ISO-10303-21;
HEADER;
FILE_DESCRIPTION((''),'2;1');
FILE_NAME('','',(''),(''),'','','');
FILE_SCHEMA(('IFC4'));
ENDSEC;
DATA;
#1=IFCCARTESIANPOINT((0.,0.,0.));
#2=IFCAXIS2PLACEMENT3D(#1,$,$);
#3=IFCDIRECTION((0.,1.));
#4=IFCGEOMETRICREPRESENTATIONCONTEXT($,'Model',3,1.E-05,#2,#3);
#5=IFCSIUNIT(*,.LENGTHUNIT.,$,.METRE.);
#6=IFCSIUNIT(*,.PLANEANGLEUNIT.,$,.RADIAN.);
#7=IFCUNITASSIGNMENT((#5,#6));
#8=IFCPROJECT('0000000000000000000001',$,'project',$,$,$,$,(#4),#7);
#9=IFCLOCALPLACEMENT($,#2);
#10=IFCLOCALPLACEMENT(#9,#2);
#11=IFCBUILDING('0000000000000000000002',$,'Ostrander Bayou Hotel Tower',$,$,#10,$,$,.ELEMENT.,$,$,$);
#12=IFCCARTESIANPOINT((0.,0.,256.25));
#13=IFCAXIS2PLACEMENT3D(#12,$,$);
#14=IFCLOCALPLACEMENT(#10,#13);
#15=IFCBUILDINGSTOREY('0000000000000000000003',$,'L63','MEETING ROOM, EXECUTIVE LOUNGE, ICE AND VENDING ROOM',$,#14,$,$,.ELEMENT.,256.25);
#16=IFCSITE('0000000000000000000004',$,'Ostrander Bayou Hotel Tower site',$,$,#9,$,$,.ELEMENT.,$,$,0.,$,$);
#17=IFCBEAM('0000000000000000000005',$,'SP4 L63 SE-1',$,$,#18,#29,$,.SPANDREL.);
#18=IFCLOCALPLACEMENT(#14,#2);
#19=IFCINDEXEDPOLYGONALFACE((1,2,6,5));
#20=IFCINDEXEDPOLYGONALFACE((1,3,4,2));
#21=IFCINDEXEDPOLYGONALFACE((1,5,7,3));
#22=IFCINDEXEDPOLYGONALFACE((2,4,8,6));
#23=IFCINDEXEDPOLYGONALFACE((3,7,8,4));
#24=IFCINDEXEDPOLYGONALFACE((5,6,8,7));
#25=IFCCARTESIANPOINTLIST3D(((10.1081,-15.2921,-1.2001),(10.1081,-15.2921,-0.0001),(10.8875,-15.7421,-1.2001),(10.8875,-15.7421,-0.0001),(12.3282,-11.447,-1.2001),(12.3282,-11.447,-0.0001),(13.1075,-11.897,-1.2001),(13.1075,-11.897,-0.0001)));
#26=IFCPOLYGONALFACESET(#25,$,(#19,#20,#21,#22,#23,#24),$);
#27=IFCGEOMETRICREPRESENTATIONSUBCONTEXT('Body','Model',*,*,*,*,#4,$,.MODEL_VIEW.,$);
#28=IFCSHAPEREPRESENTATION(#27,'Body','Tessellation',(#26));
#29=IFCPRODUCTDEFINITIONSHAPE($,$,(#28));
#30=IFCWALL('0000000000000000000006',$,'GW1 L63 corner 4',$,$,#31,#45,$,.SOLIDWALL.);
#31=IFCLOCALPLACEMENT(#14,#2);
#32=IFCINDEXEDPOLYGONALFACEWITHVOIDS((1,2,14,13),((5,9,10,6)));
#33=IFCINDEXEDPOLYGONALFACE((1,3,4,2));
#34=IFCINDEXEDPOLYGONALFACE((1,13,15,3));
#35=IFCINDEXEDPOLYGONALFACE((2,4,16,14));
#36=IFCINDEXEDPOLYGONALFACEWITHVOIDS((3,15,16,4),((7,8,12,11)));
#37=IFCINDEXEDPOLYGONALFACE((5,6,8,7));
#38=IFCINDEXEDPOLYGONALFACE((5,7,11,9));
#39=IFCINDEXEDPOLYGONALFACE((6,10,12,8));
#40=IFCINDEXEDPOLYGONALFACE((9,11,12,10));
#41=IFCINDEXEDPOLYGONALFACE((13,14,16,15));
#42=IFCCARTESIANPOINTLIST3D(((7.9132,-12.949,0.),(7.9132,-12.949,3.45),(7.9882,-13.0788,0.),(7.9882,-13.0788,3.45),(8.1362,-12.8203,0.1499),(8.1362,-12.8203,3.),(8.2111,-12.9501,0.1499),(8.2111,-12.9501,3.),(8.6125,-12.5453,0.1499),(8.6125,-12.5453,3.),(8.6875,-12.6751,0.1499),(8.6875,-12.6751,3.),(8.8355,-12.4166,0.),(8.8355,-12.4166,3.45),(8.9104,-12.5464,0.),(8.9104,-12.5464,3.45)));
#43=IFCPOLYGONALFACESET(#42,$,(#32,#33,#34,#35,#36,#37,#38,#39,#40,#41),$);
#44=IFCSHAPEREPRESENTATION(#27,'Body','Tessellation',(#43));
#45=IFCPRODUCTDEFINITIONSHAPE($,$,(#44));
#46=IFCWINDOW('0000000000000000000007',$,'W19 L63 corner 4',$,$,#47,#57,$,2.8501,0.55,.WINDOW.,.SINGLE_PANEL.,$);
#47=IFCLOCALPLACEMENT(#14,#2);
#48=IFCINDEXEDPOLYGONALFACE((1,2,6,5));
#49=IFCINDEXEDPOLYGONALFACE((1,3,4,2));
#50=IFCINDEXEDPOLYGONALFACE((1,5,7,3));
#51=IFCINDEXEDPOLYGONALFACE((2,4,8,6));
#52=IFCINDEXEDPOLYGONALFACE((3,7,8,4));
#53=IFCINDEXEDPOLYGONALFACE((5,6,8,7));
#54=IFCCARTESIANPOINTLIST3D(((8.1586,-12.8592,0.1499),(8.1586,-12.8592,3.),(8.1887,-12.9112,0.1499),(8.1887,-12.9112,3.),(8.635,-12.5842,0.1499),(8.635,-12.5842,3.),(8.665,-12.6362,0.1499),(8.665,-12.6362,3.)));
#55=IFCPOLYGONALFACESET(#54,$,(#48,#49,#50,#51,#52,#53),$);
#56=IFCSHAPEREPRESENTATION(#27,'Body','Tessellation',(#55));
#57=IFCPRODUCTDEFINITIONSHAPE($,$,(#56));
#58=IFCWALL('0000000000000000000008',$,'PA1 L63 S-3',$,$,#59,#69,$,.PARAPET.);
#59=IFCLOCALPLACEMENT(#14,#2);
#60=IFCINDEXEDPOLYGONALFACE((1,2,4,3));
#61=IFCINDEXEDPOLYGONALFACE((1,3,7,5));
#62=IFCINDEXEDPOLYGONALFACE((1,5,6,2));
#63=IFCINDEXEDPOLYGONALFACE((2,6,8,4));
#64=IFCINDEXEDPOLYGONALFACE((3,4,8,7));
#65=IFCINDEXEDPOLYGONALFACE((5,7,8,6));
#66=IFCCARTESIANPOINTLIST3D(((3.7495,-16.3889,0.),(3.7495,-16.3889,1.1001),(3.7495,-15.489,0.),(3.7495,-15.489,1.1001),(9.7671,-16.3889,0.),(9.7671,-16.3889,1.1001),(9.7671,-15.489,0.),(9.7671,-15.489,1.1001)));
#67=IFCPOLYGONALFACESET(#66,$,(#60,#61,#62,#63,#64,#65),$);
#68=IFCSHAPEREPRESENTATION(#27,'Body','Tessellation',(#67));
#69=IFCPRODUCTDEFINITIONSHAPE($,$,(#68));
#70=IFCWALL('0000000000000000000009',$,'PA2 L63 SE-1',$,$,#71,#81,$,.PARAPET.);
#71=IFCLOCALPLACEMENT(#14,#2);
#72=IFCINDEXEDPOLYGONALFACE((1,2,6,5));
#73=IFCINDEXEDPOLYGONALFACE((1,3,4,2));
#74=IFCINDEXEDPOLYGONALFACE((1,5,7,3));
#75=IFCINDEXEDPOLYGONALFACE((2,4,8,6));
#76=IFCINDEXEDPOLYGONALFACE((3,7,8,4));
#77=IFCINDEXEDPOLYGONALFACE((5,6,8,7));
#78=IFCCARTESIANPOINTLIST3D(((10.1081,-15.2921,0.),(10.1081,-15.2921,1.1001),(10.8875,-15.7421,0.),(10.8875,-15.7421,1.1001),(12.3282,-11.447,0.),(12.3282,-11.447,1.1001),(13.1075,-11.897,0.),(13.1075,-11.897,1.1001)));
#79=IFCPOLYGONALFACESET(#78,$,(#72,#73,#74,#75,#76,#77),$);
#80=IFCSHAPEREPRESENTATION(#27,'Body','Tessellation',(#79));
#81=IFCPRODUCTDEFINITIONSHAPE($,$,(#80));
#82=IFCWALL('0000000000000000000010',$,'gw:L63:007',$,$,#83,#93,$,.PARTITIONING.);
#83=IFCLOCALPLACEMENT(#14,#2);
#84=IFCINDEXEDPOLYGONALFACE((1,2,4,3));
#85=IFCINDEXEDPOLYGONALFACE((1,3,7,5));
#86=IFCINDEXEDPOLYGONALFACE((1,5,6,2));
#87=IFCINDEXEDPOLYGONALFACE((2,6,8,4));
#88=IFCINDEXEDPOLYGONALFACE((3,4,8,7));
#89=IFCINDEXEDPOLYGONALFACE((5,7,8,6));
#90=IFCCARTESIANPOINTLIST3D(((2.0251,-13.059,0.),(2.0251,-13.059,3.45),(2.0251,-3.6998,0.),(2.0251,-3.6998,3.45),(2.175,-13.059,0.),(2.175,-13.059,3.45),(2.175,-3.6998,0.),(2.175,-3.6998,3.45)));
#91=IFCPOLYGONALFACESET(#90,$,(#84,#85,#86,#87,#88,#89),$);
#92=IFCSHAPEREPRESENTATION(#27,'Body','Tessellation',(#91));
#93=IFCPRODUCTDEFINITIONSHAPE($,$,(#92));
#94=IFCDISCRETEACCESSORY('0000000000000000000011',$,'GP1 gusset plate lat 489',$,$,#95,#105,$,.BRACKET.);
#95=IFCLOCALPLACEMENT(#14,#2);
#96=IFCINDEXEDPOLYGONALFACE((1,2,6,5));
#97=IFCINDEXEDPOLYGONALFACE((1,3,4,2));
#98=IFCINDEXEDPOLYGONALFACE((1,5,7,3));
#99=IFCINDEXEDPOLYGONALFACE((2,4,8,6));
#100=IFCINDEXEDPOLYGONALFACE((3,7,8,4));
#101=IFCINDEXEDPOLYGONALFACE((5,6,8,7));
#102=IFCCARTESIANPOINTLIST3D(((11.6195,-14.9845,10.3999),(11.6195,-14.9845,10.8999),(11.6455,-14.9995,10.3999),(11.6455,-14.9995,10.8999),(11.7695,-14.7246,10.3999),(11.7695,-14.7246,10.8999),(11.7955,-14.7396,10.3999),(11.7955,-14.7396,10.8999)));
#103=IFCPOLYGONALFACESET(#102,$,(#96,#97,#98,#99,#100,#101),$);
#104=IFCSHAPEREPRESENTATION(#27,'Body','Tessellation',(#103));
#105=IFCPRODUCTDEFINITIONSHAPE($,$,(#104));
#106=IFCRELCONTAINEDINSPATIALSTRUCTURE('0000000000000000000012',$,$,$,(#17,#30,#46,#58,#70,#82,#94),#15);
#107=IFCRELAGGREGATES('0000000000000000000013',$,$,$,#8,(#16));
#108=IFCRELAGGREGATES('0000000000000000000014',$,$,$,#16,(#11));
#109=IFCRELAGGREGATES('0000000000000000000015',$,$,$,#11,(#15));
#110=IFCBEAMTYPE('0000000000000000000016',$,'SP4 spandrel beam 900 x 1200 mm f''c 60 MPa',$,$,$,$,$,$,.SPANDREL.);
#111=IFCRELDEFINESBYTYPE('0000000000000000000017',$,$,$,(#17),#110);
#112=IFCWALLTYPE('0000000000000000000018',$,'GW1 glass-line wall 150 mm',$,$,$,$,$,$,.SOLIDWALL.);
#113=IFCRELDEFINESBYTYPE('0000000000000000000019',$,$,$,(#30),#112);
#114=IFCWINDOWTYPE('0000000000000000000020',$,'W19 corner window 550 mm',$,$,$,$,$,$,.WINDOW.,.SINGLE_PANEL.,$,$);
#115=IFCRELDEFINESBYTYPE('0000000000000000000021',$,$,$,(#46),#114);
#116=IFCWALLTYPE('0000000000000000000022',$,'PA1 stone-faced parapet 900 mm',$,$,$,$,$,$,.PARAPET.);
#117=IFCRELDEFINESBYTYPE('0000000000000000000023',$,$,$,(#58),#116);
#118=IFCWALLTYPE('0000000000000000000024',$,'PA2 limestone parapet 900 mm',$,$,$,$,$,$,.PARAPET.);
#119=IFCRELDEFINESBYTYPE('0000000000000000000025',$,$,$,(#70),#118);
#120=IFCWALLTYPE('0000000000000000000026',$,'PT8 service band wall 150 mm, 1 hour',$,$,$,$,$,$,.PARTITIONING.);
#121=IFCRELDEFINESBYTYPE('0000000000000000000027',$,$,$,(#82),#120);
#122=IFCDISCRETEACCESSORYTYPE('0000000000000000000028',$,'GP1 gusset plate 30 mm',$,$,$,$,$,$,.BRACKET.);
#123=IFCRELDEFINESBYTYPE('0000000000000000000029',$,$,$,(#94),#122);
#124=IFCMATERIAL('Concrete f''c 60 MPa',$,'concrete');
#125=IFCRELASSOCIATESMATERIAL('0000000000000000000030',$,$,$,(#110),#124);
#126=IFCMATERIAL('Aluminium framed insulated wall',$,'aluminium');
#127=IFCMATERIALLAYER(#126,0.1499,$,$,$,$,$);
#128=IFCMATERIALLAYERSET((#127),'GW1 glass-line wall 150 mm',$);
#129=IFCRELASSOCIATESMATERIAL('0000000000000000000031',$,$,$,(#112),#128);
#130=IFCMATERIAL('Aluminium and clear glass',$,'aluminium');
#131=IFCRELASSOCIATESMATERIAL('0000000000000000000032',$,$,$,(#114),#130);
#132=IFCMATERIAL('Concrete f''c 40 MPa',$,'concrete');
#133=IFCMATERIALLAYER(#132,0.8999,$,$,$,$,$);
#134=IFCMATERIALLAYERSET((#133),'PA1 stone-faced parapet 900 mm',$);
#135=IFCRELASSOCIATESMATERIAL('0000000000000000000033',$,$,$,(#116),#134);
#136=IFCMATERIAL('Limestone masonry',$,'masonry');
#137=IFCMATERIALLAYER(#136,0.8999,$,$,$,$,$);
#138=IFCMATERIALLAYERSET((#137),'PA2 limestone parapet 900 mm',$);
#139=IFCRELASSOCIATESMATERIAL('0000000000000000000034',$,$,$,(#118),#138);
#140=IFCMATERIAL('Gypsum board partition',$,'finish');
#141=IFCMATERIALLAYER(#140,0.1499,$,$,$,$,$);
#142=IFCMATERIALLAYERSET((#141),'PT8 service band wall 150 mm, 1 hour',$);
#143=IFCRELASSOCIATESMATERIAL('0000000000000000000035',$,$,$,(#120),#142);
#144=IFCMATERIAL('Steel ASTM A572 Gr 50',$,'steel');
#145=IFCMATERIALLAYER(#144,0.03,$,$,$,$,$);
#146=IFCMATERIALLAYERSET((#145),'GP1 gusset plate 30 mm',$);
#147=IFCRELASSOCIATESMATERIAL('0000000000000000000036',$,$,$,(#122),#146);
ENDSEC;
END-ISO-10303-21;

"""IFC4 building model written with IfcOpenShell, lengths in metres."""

from ifc_helpers import new_model, si_unit, direction, frame, frame_2d, origin, origin_2d, place, context, subcontext, project, spatial, rectangle, extrude, material, layer, layer_set, material_profile, profile_set, type_object, element, fill, save


model = new_model("IFC4")

# Units and contexts
model_context = context("Model", 3, precision=1e-05, world=origin(), true_north=direction((0.0, 1.0)))
body_context = subcontext(model_context, "Body", "Model", "MODEL_VIEW")
ifc_project = project(units=[si_unit("LENGTHUNIT", "METRE"), si_unit("PLANEANGLEUNIT", "RADIAN")], contexts=[model_context])

# Site, building, storey
site_placement = place(None, origin())
site = spatial("IfcSite", under=ifc_project, at=site_placement, Name="Ostrander Bayou Hotel Tower site", CompositionType="ELEMENT", RefElevation=0.0)
building_placement = place(site_placement, origin())
building = spatial("IfcBuilding", under=site, at=building_placement, Name="Ostrander Bayou Hotel Tower", CompositionType="ELEMENT")
storey_placement = place(building_placement, frame((0.0, 0.0, 256.25)))
storey = spatial("IfcBuildingStorey", under=building, at=storey_placement, Name="L63", Description="MEETING ROOM, EXECUTIVE LOUNGE, ICE AND VENDING ROOM", CompositionType="ELEMENT", Elevation=256.25)

# Beam
ifc_material_1 = material(Name="Concrete f'c 60 MPa", Category="concrete")
ifc_material_profile_1 = material_profile(ifc_material_1, rectangle(XDim=0.8999, YDim=1.2, at=origin_2d()))
ifc_profile_set_1 = profile_set([ifc_material_profile_1], Name="Concrete f'c 60 MPa")
beam_type_1 = type_object("IfcBeamType", Name="SP4 spandrel beam 900 x 1200 mm f'c 60 MPa", PredefinedType="SPANDREL", material=ifc_profile_set_1)
beam_1_placement = place(storey_placement, frame((10.4978, -15.5171, -0.6001), z_axis=(0.500013, 0.866018, 0.0), x_axis=(-0.866018, 0.500013, 0.0)))
element("IfcBeam", 1, at=beam_1_placement, inside=storey, type_object=beam_type_1, Name="SP4 L63 SE-1", PredefinedType="SPANDREL", context=body_context, shape_type="SweptSolid", body=[
    extrude(rectangle(XDim=0.8999, YDim=1.2, at=origin_2d()), origin(), (0.0, 0.0, 1.0), 4.4399),
])

# Shared definitions
ifc_material_2 = material(Name="Aluminium framed insulated wall", Category="aluminium")
ifc_layer_1 = layer(ifc_material_2, 0.1499)
ifc_layer_set_1 = layer_set([ifc_layer_1], Name="GW1 glass-line wall 150 mm")
wall_type_1 = type_object("IfcWallType", Name="GW1 glass-line wall 150 mm", PredefinedType="SOLIDWALL", material=ifc_layer_set_1)

# Wall, opening, window
wall_1_placement = place(storey_placement, frame((7.9507, -13.0139, 0.0), z_axis=(0.0, 0.0, 1.0), x_axis=(0.866048, 0.499961, 0.0)))
wall_1 = element("IfcWall", 2, at=wall_1_placement, inside=storey, type_object=wall_type_1, Name="GW1 L63 corner 4", PredefinedType="SOLIDWALL", context=body_context, shape_type="SweptSolid", body=[
    extrude(rectangle(XDim=1.0649, YDim=0.1499, at=frame_2d((0.5325, 0.0))), origin(), (0.0, 0.0, 1.0), 3.45),
])
opening_1_placement = place(wall_1_placement, frame((0.2576, 0.0, 0.1499)))
opening_1 = element("IfcOpeningElement", 3, at=opening_1_placement, cuts=wall_1, PredefinedType="OPENING", context=body_context, shape_type="SweptSolid", body=[
    extrude(rectangle(XDim=0.55, YDim=2.8501, at=frame_2d((0.2749, 1.425))), frame((0.0, 0.075, 0.0), z_axis=(0.0, -1.0, 0.0), x_axis=(1.0, 0.0, 0.0)), (0.0, 0.0, 1.0), 0.1499),
])
ifc_material_3 = material(Name="Aluminium and clear glass", Category="aluminium")
window_type_1 = type_object("IfcWindowType", Name="W19 corner window 550 mm", PartitioningType="SINGLE_PANEL", PredefinedType="WINDOW", material=ifc_material_3)
window_1_placement = place(opening_1_placement, origin())
window_1 = element("IfcWindow", 4, at=window_1_placement, inside=storey, type_object=window_type_1, Name="W19 L63 corner 4", OverallHeight=2.8501, OverallWidth=0.55, PartitioningType="SINGLE_PANEL", PredefinedType="WINDOW", context=body_context, shape_type="SweptSolid", body=[
    extrude(rectangle(XDim=0.55, YDim=2.8501, at=frame_2d((0.2749, 1.425))), frame((0.0, 0.03, 0.0), z_axis=(0.0, -1.0, 0.0), x_axis=(1.0, 0.0, 0.0)), (0.0, 0.0, 1.0), 0.0601),
])
fill(opening_1, window_1)

# Walls
ifc_material_4 = material(Name="Concrete f'c 40 MPa", Category="concrete")
ifc_layer_2 = layer(ifc_material_4, 0.8999)
ifc_layer_set_2 = layer_set([ifc_layer_2], Name="PA1 stone-faced parapet 900 mm")
wall_type_2 = type_object("IfcWallType", Name="PA1 stone-faced parapet 900 mm", PredefinedType="PARAPET", material=ifc_layer_set_2)
wall_2_placement = place(storey_placement, frame((3.7495, -15.939, 0.0), z_axis=(0.0, 0.0, 1.0), x_axis=(1.0, 0.0, 0.0)))
element("IfcWall", 5, at=wall_2_placement, inside=storey, type_object=wall_type_2, Name="PA1 L63 S-3", PredefinedType="PARAPET", context=body_context, shape_type="SweptSolid", body=[
    extrude(rectangle(XDim=6.0176, YDim=0.8999, at=frame_2d((3.0088, 0.0))), origin(), (0.0, 0.0, 1.0), 1.1001),
])
ifc_material_5 = material(Name="Limestone masonry", Category="masonry")
ifc_layer_3 = layer(ifc_material_5, 0.8999)
ifc_layer_set_3 = layer_set([ifc_layer_3], Name="PA2 limestone parapet 900 mm")
wall_type_3 = type_object("IfcWallType", Name="PA2 limestone parapet 900 mm", PredefinedType="PARAPET", material=ifc_layer_set_3)
wall_3_placement = place(storey_placement, frame((10.4978, -15.5171, 0.0), z_axis=(0.0, 0.0, 1.0), x_axis=(0.500013, 0.866018, 0.0)))
element("IfcWall", 6, at=wall_3_placement, inside=storey, type_object=wall_type_3, Name="PA2 L63 SE-1", PredefinedType="PARAPET", context=body_context, shape_type="SweptSolid", body=[
    extrude(rectangle(XDim=4.4399, YDim=0.8999, at=frame_2d((2.22, 0.0))), origin(), (0.0, 0.0, 1.0), 1.1001),
])
ifc_material_6 = material(Name="Gypsum board partition", Category="finish")
ifc_layer_4 = layer(ifc_material_6, 0.1499)
ifc_layer_set_4 = layer_set([ifc_layer_4], Name="PT8 service band wall 150 mm, 1 hour")
wall_type_4 = type_object("IfcWallType", Name="PT8 service band wall 150 mm, 1 hour", PredefinedType="PARTITIONING", material=ifc_layer_set_4)
wall_4_placement = place(storey_placement, frame((2.1001, -13.0591, 0.0), z_axis=(0.0, 0.0, 1.0), x_axis=(0.0, 1.0, 0.0)))
element("IfcWall", 7, at=wall_4_placement, inside=storey, type_object=wall_type_4, Name="gw:L63:007", PredefinedType="PARTITIONING", context=body_context, shape_type="SweptSolid", body=[
    extrude(rectangle(XDim=9.3591, YDim=0.1499, at=frame_2d((4.6797, 0.0))), origin(), (0.0, 0.0, 1.0), 3.45),
])

# Discrete accessory
ifc_material_7 = material(Name="Steel ASTM A572 Gr 50", Category="steel")
ifc_layer_5 = layer(ifc_material_7, 0.03)
ifc_layer_set_5 = layer_set([ifc_layer_5], Name="GP1 gusset plate 30 mm")
discrete_accessory_type = type_object("IfcDiscreteAccessoryType", Name="GP1 gusset plate 30 mm", PredefinedType="BRACKET", material=ifc_layer_set_5)
discrete_accessory_placement = place(storey_placement, frame((11.7075, -14.8621, 10.3999), z_axis=(0.0, 0.0, 1.0), x_axis=(0.5, 0.866025, 0.0)))
element("IfcDiscreteAccessory", 8, at=discrete_accessory_placement, inside=storey, type_object=discrete_accessory_type, Name="GP1 gusset plate lat 489", PredefinedType="BRACKET", context=body_context, shape_type="SweptSolid", body=[
    extrude(rectangle(XDim=0.3, YDim=0.03, at=origin_2d()), origin(), (0.0, 0.0, 1.0), 0.5),
])

save(model, "model.ifc")
